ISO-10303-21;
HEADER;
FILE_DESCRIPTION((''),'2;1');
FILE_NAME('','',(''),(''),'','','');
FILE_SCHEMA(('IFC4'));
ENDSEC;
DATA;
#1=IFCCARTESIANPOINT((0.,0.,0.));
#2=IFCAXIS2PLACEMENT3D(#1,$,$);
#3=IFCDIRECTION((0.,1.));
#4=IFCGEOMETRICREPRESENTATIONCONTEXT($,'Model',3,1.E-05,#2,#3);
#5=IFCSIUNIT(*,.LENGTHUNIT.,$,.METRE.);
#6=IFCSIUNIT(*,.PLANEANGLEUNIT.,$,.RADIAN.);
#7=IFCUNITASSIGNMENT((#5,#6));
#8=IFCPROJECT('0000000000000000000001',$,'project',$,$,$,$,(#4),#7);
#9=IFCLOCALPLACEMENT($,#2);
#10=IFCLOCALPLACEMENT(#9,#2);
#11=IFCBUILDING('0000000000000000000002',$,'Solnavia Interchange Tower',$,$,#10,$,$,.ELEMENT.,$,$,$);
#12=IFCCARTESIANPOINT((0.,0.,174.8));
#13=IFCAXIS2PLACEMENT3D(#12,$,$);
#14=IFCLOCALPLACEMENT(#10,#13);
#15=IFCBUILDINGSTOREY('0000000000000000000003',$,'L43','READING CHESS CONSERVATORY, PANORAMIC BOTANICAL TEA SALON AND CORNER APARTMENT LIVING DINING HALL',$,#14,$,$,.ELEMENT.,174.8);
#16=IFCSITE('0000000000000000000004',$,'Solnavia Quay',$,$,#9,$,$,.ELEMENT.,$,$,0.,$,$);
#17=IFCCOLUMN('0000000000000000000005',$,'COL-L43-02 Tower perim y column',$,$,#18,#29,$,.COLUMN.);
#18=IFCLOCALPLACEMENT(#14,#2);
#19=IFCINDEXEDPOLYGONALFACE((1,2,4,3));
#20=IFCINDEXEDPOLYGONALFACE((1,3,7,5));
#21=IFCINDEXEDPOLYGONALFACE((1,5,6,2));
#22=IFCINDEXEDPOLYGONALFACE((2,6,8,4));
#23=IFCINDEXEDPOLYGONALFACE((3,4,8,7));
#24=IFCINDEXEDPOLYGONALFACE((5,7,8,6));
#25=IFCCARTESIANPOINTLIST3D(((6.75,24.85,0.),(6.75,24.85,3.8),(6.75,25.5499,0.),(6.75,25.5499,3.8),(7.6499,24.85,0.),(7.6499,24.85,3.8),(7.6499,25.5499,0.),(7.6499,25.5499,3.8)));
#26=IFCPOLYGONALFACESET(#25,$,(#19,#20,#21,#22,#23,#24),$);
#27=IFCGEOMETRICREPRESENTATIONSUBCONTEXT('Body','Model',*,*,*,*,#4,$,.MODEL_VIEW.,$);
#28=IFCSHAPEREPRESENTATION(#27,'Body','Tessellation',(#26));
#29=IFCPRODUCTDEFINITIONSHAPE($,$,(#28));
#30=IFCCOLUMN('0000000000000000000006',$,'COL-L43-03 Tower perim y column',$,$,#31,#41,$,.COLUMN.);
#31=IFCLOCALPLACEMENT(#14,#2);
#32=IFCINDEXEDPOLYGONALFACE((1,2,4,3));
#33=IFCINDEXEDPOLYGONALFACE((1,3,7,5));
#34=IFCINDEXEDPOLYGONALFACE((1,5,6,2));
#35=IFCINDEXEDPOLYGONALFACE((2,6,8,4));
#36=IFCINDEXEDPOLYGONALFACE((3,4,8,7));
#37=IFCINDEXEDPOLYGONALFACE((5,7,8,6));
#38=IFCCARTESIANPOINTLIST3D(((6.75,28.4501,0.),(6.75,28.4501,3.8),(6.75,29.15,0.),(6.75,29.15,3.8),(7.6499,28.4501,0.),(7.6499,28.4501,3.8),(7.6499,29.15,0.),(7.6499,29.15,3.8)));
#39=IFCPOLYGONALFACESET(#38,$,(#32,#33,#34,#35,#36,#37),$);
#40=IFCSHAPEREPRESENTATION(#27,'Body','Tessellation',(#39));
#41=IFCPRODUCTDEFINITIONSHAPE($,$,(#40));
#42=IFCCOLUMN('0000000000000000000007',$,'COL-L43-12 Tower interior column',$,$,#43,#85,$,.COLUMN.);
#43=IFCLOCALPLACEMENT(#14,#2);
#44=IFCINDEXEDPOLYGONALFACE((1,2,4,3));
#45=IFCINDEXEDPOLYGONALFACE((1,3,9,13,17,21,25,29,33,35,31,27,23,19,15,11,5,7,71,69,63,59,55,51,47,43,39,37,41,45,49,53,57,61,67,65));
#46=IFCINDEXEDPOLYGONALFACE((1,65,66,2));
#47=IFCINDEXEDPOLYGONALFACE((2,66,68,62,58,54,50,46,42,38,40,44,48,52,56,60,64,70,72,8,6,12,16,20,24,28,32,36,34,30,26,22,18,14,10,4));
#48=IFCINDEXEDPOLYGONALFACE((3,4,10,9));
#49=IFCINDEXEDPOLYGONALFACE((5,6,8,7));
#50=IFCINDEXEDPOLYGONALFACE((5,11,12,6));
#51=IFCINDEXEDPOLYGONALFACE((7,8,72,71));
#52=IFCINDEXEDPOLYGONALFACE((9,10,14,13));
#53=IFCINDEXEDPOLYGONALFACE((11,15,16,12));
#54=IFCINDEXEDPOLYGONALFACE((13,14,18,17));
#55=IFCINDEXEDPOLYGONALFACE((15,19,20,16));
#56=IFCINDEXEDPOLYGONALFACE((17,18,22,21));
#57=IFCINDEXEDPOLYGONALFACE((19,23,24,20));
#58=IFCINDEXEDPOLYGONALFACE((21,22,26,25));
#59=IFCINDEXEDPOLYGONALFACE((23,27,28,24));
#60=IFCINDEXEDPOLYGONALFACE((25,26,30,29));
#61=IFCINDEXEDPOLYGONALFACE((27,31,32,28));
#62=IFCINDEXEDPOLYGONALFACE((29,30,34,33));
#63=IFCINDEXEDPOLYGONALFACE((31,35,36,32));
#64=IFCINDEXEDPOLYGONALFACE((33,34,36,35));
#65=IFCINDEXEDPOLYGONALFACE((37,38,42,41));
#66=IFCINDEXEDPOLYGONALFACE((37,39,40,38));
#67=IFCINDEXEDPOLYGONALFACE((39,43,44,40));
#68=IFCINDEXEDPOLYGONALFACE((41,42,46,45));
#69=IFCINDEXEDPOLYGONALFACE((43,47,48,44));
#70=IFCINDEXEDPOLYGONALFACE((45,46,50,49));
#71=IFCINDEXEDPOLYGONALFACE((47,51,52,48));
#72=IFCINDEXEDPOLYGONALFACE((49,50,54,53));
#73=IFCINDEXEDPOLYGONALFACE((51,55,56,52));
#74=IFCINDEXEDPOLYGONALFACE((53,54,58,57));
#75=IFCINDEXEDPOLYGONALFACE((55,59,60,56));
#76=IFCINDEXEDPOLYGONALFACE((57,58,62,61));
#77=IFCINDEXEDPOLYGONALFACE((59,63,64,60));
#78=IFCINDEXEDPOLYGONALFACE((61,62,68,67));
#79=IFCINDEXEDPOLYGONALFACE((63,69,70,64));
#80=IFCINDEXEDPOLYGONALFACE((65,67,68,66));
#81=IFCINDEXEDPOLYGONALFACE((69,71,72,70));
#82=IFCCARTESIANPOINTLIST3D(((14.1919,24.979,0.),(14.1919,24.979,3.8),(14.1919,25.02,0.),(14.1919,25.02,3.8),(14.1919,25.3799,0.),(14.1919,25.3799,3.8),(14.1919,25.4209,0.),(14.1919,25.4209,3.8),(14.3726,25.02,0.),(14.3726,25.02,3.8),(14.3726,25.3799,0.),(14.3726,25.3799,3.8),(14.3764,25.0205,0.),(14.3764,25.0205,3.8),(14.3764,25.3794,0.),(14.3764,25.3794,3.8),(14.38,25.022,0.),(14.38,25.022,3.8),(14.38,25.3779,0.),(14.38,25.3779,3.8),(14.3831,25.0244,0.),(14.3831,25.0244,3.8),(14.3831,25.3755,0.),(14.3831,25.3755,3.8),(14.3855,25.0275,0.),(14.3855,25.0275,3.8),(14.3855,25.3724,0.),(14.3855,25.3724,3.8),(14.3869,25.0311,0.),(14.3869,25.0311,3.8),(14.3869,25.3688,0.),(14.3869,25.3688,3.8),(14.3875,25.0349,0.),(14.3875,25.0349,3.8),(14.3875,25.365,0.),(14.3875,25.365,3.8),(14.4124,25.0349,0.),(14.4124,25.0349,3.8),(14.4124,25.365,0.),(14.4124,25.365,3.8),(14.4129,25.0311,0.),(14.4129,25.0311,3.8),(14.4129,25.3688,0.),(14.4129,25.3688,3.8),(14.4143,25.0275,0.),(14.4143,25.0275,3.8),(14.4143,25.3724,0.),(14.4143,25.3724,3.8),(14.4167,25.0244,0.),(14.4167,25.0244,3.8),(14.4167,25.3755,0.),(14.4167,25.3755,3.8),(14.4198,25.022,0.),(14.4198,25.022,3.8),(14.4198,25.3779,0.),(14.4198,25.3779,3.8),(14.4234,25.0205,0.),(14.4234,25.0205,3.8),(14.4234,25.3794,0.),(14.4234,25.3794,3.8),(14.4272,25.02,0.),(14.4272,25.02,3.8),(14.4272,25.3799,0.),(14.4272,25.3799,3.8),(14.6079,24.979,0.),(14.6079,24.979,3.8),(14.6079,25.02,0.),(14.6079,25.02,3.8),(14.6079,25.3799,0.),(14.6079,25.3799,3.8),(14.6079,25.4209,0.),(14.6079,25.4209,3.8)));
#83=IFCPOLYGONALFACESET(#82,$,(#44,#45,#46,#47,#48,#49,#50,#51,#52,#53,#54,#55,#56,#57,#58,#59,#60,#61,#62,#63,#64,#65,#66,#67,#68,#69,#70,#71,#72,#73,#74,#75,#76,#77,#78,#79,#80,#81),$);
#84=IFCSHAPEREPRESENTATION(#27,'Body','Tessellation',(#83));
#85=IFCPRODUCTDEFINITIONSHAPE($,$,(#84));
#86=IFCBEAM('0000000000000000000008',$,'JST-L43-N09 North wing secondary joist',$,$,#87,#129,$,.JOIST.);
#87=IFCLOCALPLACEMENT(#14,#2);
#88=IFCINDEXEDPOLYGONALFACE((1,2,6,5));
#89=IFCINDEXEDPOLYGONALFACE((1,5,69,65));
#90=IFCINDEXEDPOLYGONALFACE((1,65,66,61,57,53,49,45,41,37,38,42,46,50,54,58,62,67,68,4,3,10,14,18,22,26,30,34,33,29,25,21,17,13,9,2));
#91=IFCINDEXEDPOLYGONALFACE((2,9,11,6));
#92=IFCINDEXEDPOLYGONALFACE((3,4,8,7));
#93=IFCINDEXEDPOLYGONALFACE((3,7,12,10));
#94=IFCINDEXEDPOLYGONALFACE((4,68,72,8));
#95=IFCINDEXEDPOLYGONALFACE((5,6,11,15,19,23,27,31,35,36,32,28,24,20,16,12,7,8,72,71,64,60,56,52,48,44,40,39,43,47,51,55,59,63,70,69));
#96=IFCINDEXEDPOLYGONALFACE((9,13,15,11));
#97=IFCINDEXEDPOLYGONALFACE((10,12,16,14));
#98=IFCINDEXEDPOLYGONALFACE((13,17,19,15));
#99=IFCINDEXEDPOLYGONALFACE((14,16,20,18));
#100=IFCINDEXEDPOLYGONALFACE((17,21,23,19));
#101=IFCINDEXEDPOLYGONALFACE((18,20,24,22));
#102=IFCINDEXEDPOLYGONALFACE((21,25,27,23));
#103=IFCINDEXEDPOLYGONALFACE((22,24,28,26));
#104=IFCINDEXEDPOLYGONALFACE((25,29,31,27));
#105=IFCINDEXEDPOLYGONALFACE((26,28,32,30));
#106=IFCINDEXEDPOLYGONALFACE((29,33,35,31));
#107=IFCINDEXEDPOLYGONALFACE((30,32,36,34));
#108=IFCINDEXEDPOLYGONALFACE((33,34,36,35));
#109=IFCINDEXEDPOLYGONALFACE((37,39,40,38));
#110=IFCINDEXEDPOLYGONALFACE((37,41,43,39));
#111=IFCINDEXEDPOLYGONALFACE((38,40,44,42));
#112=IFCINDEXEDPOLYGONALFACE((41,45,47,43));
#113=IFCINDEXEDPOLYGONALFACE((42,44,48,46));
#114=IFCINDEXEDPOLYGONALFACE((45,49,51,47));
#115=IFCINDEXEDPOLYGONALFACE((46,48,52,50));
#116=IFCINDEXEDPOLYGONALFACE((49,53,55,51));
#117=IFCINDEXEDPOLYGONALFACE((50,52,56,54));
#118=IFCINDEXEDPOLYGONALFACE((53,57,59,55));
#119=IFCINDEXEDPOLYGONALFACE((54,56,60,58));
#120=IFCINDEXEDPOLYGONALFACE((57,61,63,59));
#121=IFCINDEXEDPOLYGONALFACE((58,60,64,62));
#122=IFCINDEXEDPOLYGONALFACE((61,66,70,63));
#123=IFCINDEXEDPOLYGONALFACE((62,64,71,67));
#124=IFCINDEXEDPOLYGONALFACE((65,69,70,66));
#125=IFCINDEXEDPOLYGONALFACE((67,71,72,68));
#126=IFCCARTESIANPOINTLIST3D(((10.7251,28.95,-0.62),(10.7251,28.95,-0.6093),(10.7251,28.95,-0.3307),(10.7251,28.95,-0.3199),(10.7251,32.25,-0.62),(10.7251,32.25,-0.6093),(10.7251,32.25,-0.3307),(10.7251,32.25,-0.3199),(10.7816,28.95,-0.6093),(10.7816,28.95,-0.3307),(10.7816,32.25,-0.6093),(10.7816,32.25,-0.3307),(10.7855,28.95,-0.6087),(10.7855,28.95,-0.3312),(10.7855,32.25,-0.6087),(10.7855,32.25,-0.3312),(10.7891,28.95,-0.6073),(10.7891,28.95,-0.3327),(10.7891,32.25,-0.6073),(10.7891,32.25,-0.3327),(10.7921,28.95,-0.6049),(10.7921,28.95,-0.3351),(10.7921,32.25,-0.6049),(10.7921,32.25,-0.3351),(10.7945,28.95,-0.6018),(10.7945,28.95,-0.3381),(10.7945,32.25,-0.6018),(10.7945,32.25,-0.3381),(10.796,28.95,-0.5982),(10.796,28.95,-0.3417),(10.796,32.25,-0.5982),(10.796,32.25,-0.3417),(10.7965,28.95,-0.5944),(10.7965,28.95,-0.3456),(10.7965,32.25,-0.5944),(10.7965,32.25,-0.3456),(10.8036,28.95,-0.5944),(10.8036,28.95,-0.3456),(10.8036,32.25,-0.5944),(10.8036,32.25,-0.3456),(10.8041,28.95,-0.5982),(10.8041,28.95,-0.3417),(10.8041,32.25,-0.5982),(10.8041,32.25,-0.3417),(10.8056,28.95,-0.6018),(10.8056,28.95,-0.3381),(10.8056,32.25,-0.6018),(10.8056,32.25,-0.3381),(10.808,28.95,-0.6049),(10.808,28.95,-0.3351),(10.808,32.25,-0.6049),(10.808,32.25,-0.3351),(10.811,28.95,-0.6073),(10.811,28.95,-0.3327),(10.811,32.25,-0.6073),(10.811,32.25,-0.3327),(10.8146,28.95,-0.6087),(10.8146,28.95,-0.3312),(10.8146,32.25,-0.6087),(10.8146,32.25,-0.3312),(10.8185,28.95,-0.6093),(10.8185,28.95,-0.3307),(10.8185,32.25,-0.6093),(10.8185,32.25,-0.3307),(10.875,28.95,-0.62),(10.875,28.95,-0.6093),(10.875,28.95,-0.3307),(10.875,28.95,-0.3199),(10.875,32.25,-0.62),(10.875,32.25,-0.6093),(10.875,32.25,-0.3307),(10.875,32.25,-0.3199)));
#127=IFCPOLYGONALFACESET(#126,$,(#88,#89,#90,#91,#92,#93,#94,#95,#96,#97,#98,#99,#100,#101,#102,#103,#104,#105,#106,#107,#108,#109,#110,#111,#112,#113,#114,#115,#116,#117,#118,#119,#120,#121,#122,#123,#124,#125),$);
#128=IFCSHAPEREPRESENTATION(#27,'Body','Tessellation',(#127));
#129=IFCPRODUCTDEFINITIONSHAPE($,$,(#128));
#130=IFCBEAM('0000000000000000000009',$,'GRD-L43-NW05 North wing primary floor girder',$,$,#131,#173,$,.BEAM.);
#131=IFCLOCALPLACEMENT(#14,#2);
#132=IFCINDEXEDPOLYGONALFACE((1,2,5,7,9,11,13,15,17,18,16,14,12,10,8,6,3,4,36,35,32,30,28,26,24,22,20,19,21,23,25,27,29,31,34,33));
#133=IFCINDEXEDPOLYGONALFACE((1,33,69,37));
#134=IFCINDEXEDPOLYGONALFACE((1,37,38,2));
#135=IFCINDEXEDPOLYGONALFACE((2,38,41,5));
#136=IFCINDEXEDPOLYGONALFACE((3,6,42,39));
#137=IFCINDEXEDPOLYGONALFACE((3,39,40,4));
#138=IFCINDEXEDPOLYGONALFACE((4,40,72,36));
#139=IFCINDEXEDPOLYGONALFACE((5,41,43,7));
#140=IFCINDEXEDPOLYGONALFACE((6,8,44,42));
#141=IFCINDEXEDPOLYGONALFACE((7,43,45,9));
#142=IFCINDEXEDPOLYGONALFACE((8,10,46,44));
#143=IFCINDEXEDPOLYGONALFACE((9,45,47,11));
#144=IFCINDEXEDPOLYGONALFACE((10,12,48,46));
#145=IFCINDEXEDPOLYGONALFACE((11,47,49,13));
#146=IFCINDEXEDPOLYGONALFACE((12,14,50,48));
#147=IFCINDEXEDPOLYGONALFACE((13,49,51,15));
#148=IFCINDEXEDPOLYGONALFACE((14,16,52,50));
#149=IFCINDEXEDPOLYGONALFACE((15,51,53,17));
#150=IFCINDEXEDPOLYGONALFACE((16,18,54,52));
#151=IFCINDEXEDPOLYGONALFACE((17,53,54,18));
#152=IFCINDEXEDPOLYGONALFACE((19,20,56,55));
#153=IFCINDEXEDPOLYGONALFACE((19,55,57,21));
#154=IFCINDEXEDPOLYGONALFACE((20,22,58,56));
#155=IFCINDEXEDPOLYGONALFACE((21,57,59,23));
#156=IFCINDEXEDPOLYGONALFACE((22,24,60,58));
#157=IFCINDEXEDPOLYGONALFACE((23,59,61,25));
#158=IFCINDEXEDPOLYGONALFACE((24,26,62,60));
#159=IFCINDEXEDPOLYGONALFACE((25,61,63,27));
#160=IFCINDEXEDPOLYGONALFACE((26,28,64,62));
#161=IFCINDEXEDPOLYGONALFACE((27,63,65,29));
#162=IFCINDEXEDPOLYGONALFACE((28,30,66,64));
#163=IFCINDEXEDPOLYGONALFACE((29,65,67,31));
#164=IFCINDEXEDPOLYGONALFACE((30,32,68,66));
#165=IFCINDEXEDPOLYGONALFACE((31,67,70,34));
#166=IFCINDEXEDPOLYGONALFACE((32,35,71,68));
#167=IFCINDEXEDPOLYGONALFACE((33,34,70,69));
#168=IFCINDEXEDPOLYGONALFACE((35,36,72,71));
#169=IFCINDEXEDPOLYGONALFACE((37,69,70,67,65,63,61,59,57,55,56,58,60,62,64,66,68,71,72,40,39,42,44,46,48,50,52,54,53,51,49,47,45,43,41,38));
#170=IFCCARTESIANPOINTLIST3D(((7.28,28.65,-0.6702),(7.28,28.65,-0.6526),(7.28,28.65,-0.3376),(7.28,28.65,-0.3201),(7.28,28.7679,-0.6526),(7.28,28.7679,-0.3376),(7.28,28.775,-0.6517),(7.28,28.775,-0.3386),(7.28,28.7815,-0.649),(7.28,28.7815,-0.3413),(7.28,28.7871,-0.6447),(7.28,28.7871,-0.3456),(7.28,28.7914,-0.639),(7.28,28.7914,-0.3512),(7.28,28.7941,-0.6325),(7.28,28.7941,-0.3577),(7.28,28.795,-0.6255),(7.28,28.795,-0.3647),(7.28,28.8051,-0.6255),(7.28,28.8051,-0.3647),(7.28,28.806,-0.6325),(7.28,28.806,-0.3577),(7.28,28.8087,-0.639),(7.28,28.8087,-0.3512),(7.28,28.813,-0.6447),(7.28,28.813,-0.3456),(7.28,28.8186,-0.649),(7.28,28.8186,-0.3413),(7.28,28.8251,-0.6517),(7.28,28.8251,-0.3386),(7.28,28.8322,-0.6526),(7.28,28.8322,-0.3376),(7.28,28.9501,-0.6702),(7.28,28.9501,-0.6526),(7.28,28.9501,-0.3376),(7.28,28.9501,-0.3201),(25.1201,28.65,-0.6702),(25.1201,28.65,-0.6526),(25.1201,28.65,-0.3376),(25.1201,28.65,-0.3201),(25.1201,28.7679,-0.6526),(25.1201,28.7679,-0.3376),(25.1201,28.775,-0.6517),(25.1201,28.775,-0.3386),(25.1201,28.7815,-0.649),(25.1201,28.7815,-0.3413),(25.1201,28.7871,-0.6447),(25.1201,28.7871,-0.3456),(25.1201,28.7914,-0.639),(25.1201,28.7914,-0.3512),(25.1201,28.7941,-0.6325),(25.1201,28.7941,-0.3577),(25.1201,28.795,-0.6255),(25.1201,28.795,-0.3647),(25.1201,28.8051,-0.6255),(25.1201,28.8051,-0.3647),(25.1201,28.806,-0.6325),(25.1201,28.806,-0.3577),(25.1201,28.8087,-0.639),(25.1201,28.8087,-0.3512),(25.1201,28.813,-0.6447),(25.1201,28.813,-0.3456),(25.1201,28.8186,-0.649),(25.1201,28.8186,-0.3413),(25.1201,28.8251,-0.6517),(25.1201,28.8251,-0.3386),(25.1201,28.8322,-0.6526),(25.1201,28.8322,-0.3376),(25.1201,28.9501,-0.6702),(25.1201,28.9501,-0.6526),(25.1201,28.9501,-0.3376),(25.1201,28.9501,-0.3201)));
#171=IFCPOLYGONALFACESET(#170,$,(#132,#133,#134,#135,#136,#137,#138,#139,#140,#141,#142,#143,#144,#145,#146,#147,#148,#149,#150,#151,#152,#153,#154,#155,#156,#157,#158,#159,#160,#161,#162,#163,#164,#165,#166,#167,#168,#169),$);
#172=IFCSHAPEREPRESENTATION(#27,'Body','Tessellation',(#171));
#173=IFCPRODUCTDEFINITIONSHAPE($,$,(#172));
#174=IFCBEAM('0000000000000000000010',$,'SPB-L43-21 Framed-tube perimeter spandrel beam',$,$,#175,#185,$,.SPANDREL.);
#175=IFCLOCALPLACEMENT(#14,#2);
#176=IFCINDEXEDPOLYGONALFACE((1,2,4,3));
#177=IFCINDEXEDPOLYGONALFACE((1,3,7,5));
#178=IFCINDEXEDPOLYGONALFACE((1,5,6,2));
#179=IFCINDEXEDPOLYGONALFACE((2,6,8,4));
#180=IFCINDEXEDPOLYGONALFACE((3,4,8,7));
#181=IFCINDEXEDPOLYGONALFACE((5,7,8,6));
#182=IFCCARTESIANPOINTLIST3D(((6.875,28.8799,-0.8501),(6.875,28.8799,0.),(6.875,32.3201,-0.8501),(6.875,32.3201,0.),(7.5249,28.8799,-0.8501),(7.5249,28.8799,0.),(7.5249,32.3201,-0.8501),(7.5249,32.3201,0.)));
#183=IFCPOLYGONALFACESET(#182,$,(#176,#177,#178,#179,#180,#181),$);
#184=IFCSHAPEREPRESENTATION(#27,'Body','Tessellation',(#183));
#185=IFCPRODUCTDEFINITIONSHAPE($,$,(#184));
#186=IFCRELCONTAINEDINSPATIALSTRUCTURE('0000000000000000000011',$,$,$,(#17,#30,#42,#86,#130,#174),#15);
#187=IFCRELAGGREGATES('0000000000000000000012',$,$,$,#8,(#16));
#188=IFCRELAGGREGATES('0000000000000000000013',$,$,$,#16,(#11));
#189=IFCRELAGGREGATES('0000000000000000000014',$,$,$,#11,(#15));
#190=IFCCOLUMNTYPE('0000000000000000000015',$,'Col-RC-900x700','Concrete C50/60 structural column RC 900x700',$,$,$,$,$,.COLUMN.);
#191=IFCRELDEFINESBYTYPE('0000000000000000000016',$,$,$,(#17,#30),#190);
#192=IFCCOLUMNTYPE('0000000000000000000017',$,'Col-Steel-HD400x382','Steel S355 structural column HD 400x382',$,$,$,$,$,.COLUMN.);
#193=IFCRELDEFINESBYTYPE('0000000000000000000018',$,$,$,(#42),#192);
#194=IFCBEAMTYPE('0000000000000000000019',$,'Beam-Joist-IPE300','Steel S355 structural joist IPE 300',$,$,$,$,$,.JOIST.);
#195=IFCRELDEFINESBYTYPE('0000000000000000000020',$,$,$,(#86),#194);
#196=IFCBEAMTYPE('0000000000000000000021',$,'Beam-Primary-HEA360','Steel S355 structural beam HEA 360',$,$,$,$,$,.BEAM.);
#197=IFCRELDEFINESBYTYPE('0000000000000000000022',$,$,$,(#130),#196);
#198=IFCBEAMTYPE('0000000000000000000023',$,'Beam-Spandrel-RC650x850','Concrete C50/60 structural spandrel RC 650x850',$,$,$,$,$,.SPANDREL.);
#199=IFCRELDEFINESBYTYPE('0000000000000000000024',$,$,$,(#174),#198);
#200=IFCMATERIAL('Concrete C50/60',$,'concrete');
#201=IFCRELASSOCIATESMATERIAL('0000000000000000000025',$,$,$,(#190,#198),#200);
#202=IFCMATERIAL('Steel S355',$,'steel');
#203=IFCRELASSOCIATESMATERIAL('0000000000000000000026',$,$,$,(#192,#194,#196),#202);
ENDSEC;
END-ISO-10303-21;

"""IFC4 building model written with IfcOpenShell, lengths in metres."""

from ifc_helpers import new_model, si_unit, direction, frame, origin, origin_2d, place, context, subcontext, project, spatial, rectangle, i_section, extrude, material, material_profile, profile_set, type_object, element, save


model = new_model("IFC4")

# Units and contexts
model_context = context("Model", 3, precision=1e-05, world=origin(), true_north=direction((0.0, 1.0)))
body_context = subcontext(model_context, "Body", "Model", "MODEL_VIEW")
ifc_project = project(units=[si_unit("LENGTHUNIT", "METRE"), si_unit("PLANEANGLEUNIT", "RADIAN")], contexts=[model_context])

# Site, building, storey
site_placement = place(None, origin())
site = spatial("IfcSite", under=ifc_project, at=site_placement, Name="Solnavia Quay", CompositionType="ELEMENT", RefElevation=0.0)
building_placement = place(site_placement, origin())
building = spatial("IfcBuilding", under=site, at=building_placement, Name="Solnavia Interchange Tower", CompositionType="ELEMENT")
storey_placement = place(building_placement, frame((0.0, 0.0, 174.8)))
storey = spatial("IfcBuildingStorey", under=building, at=storey_placement, Name="L43", Description="READING CHESS CONSERVATORY, PANORAMIC BOTANICAL TEA SALON AND CORNER APARTMENT LIVING DINING HALL", CompositionType="ELEMENT", Elevation=174.8)

# Columns
ifc_material_1 = material(Name="Concrete C50/60", Category="concrete")
ifc_material_profile_1 = material_profile(ifc_material_1, rectangle(XDim=0.7, YDim=0.8999, at=origin_2d()), Name="RC 900x700")
ifc_profile_set_1 = profile_set([ifc_material_profile_1], Name="Concrete C50/60")
column_type_1 = type_object("IfcColumnType", Name="Col-RC-900x700", Description="Concrete C50/60 structural column RC 900x700", PredefinedType="COLUMN", material=ifc_profile_set_1)
for number, where, z_axis, x_axis, name in (
    (1, (7.2, 25.2, 0.0), (0.0, 0.0, 1.0), (0.0, 1.0, 0.0), "COL-L43-02 Tower perim y column"),
    (2, (7.2, 28.8, 0.0), (0.0, 0.0, 1.0), (0.0, 1.0, 0.0), "COL-L43-03 Tower perim y column"),
):
    element("IfcColumn", number, at=place(storey_placement, frame(where, z_axis=z_axis, x_axis=x_axis)), inside=storey, type_object=column_type_1, Name=name, PredefinedType="COLUMN", context=body_context, shape_type="SweptSolid", body=[
        extrude(rectangle(XDim=0.7, YDim=0.8999, at=origin_2d()), origin(), (0.0, 0.0, 1.0), 3.8),
    ])
ifc_material_2 = material(Name="Steel S355", Category="steel")
ifc_material_profile_2 = material_profile(ifc_material_2, i_section(OverallWidth=0.416, OverallDepth=0.4419, WebThickness=0.0249, FlangeThickness=0.041, FilletRadius=0.0149, at=origin_2d()), Name="HD 400x382")
ifc_profile_set_2 = profile_set([ifc_material_profile_2], Name="Steel S355")
column_type_2 = type_object("IfcColumnType", Name="Col-Steel-HD400x382", Description="Steel S355 structural column HD 400x382", PredefinedType="COLUMN", material=ifc_profile_set_2)
column_placement = place(storey_placement, frame((14.3999, 25.2, 0.0), z_axis=(0.0, 0.0, 1.0), x_axis=(1.0, 0.0, 0.0)))
element("IfcColumn", 3, at=column_placement, inside=storey, type_object=column_type_2, Name="COL-L43-12 Tower interior column", PredefinedType="COLUMN", context=body_context, shape_type="SweptSolid", body=[
    extrude(i_section(OverallWidth=0.416, OverallDepth=0.4419, WebThickness=0.0249, FlangeThickness=0.041, FilletRadius=0.0149, at=origin_2d()), origin(), (0.0, 0.0, 1.0), 3.8),
])

# Beams
ifc_material_profile_3 = material_profile(ifc_material_2, i_section(OverallWidth=0.1499, OverallDepth=0.3, WebThickness=0.0071, FlangeThickness=0.0107, FilletRadius=0.0149, at=origin_2d()), Name="IPE 300")
ifc_profile_set_3 = profile_set([ifc_material_profile_3], Name="Steel S355")
beam_type_1 = type_object("IfcBeamType", Name="Beam-Joist-IPE300", Description="Steel S355 structural joist IPE 300", PredefinedType="JOIST", material=ifc_profile_set_3)
beam_1_placement = place(storey_placement, frame((10.8, 28.95, -0.47), z_axis=(0.0, 1.0, 0.0), x_axis=(-1.0, 0.0, 0.0)))
element("IfcBeam", 4, at=beam_1_placement, inside=storey, type_object=beam_type_1, Name="JST-L43-N09 North wing secondary joist", PredefinedType="JOIST", context=body_context, shape_type="SweptSolid", body=[
    extrude(i_section(OverallWidth=0.1499, OverallDepth=0.3, WebThickness=0.0071, FlangeThickness=0.0107, FilletRadius=0.0149, at=origin_2d()), origin(), (0.0, 0.0, 1.0), 3.3),
])
ifc_material_profile_4 = material_profile(ifc_material_2, i_section(OverallWidth=0.3, OverallDepth=0.3501, WebThickness=0.01, FlangeThickness=0.0176, FilletRadius=0.0271, at=origin_2d()), Name="HEA 360")
ifc_profile_set_4 = profile_set([ifc_material_profile_4], Name="Steel S355")
beam_type_2 = type_object("IfcBeamType", Name="Beam-Primary-HEA360", Description="Steel S355 structural beam HEA 360", PredefinedType="BEAM", material=ifc_profile_set_4)
beam_2_placement = place(storey_placement, frame((7.28, 28.8, -0.4951), z_axis=(1.0, 0.0, 0.0), x_axis=(0.0, 1.0, 0.0)))
element("IfcBeam", 5, at=beam_2_placement, inside=storey, type_object=beam_type_2, Name="GRD-L43-NW05 North wing primary floor girder", PredefinedType="BEAM", context=body_context, shape_type="SweptSolid", body=[
    extrude(i_section(OverallWidth=0.3, OverallDepth=0.3501, WebThickness=0.01, FlangeThickness=0.0176, FilletRadius=0.0271, at=origin_2d()), origin(), (0.0, 0.0, 1.0), 17.8401),
])
ifc_material_profile_5 = material_profile(ifc_material_1, rectangle(XDim=0.6499, YDim=0.8501, at=origin_2d()), Name="RC 650x850")
ifc_profile_set_5 = profile_set([ifc_material_profile_5], Name="Concrete C50/60")
beam_type_3 = type_object("IfcBeamType", Name="Beam-Spandrel-RC650x850", Description="Concrete C50/60 structural spandrel RC 650x850", PredefinedType="SPANDREL", material=ifc_profile_set_5)
beam_3_placement = place(storey_placement, frame((7.2, 32.3201, -0.425), z_axis=(0.0, -1.0, 0.0), x_axis=(1.0, 0.0, 0.0)))
element("IfcBeam", 6, at=beam_3_placement, inside=storey, type_object=beam_type_3, Name="SPB-L43-21 Framed-tube perimeter spandrel beam", PredefinedType="SPANDREL", context=body_context, shape_type="SweptSolid", body=[
    extrude(rectangle(XDim=0.6499, YDim=0.8501, at=origin_2d()), origin(), (0.0, 0.0, 1.0), 3.4402),
])

save(model, "model.ifc")
